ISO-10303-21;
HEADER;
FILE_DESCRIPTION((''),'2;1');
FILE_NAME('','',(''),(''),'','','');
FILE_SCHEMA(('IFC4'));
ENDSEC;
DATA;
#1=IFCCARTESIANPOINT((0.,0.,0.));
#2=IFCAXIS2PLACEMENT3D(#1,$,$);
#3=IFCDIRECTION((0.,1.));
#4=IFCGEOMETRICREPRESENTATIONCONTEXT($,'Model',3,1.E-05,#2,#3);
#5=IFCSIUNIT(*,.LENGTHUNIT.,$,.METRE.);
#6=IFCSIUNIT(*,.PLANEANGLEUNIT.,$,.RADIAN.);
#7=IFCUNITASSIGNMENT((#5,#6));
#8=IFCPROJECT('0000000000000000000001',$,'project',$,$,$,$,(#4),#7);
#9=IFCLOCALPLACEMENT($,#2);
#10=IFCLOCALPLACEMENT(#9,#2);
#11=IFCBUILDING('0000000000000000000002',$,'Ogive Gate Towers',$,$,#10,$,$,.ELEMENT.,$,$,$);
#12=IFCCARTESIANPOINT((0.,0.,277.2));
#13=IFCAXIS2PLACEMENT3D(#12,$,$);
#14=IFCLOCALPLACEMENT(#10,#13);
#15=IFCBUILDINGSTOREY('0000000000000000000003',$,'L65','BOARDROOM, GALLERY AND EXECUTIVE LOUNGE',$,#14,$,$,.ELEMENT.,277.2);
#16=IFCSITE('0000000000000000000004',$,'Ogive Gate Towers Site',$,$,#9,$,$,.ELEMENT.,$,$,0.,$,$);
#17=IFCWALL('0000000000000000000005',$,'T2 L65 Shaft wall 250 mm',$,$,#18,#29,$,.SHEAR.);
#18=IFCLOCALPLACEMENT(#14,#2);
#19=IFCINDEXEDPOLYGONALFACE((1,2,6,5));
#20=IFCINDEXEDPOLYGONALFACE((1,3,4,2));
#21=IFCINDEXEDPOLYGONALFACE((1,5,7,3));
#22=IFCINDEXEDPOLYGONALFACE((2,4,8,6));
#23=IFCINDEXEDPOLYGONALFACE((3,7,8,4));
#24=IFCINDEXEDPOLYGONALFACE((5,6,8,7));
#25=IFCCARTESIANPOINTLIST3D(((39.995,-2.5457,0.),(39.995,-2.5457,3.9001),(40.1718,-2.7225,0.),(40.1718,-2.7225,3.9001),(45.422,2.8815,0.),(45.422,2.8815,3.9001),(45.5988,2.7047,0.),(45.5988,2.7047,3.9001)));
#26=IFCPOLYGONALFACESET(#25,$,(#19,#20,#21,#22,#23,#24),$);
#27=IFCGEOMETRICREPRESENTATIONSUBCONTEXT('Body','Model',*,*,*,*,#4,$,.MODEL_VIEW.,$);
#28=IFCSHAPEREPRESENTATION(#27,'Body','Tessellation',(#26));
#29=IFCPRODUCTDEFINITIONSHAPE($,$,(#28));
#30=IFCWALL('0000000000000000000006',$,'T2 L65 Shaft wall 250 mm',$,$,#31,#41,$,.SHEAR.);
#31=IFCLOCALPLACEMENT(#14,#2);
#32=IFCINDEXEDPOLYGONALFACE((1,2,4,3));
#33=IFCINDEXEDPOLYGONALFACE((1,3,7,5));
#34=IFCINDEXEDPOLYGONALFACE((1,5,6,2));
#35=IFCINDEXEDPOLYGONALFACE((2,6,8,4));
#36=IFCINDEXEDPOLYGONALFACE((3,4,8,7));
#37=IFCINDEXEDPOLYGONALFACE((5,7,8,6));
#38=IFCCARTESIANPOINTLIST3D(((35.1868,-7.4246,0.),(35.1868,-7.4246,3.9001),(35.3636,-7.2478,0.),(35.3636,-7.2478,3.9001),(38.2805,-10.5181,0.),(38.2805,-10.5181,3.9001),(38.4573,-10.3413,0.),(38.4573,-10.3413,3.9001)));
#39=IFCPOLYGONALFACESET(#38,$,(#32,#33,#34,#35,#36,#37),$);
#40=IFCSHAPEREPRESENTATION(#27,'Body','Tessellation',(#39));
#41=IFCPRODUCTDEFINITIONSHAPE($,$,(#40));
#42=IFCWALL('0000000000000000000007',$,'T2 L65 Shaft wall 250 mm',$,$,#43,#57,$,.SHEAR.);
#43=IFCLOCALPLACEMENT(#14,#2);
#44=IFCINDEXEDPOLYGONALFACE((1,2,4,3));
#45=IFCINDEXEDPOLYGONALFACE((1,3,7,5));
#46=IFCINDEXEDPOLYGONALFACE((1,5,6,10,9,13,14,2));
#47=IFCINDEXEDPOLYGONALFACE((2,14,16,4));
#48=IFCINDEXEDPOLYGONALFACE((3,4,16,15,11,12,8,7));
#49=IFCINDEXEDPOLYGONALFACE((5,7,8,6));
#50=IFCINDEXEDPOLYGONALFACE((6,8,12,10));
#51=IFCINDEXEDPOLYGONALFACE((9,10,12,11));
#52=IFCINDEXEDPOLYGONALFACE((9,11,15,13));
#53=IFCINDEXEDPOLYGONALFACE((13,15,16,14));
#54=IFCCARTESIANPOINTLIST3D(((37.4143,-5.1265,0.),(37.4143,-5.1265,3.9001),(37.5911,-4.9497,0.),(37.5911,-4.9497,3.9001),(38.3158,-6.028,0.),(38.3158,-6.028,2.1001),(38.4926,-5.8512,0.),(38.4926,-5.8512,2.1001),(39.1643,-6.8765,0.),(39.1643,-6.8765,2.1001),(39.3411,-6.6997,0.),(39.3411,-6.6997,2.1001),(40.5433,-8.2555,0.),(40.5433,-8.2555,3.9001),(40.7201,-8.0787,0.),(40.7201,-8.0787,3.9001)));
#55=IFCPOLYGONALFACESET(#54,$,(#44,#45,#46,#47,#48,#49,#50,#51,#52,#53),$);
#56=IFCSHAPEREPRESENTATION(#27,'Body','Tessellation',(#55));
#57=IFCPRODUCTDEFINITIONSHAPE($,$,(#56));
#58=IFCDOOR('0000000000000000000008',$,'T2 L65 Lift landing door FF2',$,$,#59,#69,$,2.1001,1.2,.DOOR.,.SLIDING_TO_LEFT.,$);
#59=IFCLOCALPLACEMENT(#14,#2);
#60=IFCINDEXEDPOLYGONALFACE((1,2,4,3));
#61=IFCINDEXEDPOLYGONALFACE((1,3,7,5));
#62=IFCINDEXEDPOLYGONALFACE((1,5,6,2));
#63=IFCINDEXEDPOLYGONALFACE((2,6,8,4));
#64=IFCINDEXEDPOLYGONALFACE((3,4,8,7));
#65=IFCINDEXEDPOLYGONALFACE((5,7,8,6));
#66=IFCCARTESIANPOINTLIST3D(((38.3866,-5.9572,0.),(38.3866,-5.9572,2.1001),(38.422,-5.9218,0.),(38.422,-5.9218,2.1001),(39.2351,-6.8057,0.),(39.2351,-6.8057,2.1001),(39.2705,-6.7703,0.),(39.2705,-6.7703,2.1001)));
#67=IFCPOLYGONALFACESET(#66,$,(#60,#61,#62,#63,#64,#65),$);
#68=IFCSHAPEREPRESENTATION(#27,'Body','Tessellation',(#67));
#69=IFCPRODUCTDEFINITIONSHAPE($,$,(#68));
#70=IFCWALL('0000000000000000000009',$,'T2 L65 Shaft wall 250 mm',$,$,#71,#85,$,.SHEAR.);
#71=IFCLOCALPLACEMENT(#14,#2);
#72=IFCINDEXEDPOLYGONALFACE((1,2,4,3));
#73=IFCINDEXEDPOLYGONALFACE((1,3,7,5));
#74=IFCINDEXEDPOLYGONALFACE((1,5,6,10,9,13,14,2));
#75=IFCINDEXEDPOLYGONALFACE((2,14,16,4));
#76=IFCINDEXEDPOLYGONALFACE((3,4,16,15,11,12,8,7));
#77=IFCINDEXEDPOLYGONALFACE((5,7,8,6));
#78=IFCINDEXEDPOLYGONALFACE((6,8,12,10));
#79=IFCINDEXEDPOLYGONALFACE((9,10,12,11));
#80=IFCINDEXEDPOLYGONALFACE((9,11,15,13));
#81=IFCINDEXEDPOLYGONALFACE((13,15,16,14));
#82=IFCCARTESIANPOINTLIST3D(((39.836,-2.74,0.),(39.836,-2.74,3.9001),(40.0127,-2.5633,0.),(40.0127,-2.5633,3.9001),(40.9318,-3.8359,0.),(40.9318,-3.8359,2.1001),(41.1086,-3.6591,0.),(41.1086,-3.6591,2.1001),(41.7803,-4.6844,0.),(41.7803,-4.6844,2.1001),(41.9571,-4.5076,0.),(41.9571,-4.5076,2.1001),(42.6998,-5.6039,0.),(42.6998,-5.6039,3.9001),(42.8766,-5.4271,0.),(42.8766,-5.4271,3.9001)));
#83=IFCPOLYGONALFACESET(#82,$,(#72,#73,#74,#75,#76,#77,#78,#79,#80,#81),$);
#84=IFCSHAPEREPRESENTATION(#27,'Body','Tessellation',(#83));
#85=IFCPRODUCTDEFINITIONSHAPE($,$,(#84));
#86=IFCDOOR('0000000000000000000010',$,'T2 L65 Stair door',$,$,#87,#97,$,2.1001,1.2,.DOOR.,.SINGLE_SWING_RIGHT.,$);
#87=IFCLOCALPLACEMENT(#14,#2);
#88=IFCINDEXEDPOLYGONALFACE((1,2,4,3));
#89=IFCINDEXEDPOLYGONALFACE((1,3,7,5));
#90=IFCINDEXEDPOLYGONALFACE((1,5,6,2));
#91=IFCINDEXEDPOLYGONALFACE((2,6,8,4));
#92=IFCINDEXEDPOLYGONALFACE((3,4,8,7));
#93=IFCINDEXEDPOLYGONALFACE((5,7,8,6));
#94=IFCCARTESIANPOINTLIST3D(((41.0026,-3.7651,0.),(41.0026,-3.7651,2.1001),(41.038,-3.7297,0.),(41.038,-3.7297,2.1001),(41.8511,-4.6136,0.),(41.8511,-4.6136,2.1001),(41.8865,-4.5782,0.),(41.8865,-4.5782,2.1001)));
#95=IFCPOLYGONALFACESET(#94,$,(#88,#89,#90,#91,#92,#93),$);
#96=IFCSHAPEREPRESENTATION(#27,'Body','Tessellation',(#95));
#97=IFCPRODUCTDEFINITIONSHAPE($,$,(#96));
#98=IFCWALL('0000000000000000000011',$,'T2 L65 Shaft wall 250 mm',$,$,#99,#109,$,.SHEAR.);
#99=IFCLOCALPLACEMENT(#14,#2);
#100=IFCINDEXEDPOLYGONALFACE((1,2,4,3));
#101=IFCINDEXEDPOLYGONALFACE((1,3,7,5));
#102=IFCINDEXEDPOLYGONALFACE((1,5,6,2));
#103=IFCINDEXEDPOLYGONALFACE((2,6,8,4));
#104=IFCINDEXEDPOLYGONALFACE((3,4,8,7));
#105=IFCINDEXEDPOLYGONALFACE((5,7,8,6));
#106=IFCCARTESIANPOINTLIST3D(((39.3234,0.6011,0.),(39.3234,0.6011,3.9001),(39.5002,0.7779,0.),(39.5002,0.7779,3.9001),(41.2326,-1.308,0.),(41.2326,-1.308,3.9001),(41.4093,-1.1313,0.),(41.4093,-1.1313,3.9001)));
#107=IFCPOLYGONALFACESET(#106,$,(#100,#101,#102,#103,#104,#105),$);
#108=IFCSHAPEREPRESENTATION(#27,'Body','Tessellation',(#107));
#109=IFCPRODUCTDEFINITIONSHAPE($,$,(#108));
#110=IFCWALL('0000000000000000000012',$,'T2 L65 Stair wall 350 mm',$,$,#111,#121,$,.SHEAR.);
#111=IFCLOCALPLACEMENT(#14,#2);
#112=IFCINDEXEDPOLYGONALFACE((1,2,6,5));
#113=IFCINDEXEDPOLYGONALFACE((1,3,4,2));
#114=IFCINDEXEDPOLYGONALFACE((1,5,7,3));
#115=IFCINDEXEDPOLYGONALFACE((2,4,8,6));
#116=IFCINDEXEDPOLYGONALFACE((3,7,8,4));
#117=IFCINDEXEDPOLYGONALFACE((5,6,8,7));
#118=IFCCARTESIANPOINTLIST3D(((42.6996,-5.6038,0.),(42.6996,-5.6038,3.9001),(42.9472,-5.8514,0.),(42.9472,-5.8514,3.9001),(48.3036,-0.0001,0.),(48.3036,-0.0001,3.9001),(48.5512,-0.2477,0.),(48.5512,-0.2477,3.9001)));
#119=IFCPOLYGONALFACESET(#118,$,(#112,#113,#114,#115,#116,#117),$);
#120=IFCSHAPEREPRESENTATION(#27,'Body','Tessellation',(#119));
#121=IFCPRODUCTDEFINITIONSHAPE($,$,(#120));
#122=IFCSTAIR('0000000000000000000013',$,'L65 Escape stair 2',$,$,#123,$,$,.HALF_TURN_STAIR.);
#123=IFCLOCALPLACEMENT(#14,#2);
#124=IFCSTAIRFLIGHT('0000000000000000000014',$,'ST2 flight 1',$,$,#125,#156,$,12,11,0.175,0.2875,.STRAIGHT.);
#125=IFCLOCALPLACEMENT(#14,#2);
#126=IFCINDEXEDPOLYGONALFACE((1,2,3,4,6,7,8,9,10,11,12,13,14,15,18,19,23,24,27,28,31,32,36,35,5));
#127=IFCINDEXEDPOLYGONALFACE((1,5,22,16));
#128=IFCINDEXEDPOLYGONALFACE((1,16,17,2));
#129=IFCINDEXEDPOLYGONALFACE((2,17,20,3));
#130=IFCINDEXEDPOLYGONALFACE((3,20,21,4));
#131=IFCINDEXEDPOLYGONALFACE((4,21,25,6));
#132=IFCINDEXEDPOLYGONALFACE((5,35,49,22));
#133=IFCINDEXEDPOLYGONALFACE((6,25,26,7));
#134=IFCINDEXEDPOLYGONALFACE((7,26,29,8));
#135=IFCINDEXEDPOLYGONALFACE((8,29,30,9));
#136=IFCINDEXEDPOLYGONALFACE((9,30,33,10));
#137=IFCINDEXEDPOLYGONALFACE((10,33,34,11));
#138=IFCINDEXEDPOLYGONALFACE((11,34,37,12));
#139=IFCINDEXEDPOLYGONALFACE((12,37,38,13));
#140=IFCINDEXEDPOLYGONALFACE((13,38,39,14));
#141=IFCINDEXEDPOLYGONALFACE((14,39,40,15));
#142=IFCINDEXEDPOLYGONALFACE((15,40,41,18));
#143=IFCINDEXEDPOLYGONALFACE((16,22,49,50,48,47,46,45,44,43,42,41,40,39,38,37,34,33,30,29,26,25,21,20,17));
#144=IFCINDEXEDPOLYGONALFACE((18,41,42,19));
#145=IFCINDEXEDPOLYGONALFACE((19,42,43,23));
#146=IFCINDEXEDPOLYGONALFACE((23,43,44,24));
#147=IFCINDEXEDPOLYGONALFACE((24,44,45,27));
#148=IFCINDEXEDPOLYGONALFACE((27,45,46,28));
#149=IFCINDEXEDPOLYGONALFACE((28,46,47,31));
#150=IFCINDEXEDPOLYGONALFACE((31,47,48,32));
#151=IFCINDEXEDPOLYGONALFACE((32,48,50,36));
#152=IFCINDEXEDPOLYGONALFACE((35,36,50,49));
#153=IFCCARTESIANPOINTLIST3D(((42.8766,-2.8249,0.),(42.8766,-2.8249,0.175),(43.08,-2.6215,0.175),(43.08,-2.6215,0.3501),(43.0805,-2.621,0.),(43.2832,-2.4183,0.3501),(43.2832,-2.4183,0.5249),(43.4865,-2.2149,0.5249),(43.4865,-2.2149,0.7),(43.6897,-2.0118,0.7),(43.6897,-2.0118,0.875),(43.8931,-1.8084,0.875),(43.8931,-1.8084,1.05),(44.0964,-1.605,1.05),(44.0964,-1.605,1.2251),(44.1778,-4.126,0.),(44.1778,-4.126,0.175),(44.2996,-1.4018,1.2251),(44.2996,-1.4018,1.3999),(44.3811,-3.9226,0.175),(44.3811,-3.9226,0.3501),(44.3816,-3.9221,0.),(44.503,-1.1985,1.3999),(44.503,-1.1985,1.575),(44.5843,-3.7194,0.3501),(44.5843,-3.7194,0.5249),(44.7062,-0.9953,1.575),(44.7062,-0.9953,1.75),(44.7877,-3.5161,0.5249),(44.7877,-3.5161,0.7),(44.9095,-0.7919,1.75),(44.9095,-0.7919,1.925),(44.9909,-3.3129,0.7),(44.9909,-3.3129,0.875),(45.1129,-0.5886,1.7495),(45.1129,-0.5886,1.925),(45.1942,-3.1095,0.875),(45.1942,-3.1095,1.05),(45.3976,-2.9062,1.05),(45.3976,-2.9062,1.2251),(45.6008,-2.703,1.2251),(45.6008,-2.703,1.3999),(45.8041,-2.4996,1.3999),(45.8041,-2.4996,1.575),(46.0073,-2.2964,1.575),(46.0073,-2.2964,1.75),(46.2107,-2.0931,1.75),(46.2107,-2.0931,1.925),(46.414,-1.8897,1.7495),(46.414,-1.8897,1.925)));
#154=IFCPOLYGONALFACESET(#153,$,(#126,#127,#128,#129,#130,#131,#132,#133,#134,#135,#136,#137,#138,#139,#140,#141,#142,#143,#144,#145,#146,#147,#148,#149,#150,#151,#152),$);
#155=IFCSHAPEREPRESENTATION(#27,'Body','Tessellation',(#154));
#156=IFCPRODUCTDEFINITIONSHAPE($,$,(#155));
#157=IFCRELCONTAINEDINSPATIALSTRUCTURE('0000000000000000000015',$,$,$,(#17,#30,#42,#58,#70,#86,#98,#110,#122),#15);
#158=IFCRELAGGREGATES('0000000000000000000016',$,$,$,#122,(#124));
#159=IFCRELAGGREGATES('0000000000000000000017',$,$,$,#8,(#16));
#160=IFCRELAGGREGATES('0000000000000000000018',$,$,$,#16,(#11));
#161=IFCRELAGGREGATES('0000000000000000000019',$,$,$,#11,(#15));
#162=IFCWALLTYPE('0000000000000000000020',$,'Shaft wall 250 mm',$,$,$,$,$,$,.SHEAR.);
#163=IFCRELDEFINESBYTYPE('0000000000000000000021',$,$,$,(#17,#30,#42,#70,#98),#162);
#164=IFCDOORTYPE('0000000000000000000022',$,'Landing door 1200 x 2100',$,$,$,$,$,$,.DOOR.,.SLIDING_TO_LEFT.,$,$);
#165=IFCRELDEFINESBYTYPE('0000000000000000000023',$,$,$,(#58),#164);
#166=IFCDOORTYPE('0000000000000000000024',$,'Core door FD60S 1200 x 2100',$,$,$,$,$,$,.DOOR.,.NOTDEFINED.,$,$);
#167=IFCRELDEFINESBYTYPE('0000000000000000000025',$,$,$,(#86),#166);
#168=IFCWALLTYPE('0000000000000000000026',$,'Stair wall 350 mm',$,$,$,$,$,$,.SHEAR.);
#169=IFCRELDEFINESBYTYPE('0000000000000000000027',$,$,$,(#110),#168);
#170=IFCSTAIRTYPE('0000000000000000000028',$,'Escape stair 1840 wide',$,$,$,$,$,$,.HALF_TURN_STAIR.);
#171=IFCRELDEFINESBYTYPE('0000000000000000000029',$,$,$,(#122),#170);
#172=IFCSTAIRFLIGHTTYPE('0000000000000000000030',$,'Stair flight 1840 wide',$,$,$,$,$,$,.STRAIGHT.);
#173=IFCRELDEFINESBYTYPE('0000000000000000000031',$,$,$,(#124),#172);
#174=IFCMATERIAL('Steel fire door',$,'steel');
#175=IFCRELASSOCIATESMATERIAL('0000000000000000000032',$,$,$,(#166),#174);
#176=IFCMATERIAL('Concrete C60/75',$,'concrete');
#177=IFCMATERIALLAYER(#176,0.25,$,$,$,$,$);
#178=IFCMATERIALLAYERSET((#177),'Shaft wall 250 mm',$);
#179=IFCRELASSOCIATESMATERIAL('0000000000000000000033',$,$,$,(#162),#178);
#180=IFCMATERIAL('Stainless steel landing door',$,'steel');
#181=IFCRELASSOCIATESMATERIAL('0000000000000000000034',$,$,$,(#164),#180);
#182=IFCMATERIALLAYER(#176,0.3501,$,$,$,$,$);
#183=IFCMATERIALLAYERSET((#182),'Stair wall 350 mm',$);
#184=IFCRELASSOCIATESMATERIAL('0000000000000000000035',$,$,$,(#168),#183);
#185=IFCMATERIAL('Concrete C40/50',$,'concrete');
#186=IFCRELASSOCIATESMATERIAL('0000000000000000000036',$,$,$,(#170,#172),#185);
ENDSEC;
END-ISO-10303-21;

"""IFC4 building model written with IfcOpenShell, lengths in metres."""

from ifc_helpers import new_model, si_unit, direction, frame, frame_2d, origin, place, context, subcontext, project, spatial, polyline, rectangle, outline, extrude, material, layer, layer_set, type_object, element, fill, aggregate, save


model = new_model("IFC4")

# Units and contexts
model_context = context("Model", 3, precision=1e-05, world=origin(), true_north=direction((0.0, 1.0)))
body_context = subcontext(model_context, "Body", "Model", "MODEL_VIEW")
ifc_project = project(units=[si_unit("LENGTHUNIT", "METRE"), si_unit("PLANEANGLEUNIT", "RADIAN")], contexts=[model_context])

# Site, building, storey
site_placement = place(None, origin())
site = spatial("IfcSite", under=ifc_project, at=site_placement, Name="Ogive Gate Towers Site", CompositionType="ELEMENT", RefElevation=0.0)
building_placement = place(site_placement, origin())
building = spatial("IfcBuilding", under=site, at=building_placement, Name="Ogive Gate Towers", CompositionType="ELEMENT")
storey_placement = place(building_placement, frame((0.0, 0.0, 277.2)))
storey = spatial("IfcBuildingStorey", under=building, at=storey_placement, Name="L65", Description="BOARDROOM, GALLERY AND EXECUTIVE LOUNGE", CompositionType="ELEMENT", Elevation=277.2)

# Shared definitions
ifc_material_1 = material(Name="Concrete C60/75", Category="concrete")
ifc_material_2 = material(Name="Steel fire door", Category="steel")
door_type_1 = type_object("IfcDoorType", Name="Core door FD60S 1200 x 2100", OperationType="NOTDEFINED", PredefinedType="DOOR", material=ifc_material_2)

# Walls
ifc_layer_1 = layer(ifc_material_1, 0.25)
ifc_layer_set_1 = layer_set([ifc_layer_1], Name="Shaft wall 250 mm")
wall_type_1 = type_object("IfcWallType", Name="Shaft wall 250 mm", PredefinedType="SHEAR", material=ifc_layer_set_1)
wall_1_placement = place(storey_placement, frame((40.0835, -2.634, 0.0), z_axis=(0.0, 0.0, 1.0), x_axis=(0.707091, 0.707123, 0.0)))
element("IfcWall", 1, at=wall_1_placement, inside=storey, type_object=wall_type_1, Name="T2 L65 Shaft wall 250 mm", PredefinedType="SHEAR", context=body_context, shape_type="SweptSolid", body=[
    extrude(rectangle(XDim=7.675, YDim=0.25, at=frame_2d((3.8374, 0.0))), origin(), (0.0, 0.0, 1.0), 3.9001),
])
wall_2_placement = place(storey_placement, frame((38.3689, -10.4297, 0.0), z_axis=(0.0, 0.0, 1.0), x_axis=(-0.707135, 0.707079, 0.0)))
element("IfcWall", 2, at=wall_2_placement, inside=storey, type_object=wall_type_1, Name="T2 L65 Shaft wall 250 mm", PredefinedType="SHEAR", context=body_context, shape_type="SweptSolid", body=[
    extrude(rectangle(XDim=4.375, YDim=0.25, at=frame_2d((2.1875, 0.0))), origin(), (0.0, 0.0, 1.0), 3.9001),
])

# Walls, openings, doors
wall_3_placement = place(storey_placement, frame((40.6316, -8.167, 0.0), z_axis=(0.0, 0.0, 1.0), x_axis=(-0.707107, 0.707107, 0.0)))
wall_3 = element("IfcWall", 3, at=wall_3_placement, inside=storey, type_object=wall_type_1, Name="T2 L65 Shaft wall 250 mm", PredefinedType="SHEAR", context=body_context, shape_type="SweptSolid", body=[
    extrude(rectangle(XDim=4.425, YDim=0.25, at=frame_2d((2.2124, 0.0))), origin(), (0.0, 0.0, 1.0), 3.9001),
])
opening_1_placement = place(wall_3_placement, frame((1.95, 0.0, 0.0)))
opening_1 = element("IfcOpeningElement", 4, at=opening_1_placement, cuts=wall_3, PredefinedType="OPENING", context=body_context, shape_type="SweptSolid", body=[
    extrude(rectangle(XDim=1.2, YDim=2.1001, at=frame_2d((0.6001, 1.05))), frame((0.0, 0.135, 0.0), z_axis=(0.0, -1.0, 0.0), x_axis=(1.0, 0.0, 0.0)), (0.0, 0.0, 1.0), 0.27),
])
ifc_material_3 = material(Name="Stainless steel landing door", Category="steel")
door_type_2 = type_object("IfcDoorType", Name="Landing door 1200 x 2100", OperationType="SLIDING_TO_LEFT", PredefinedType="DOOR", material=ifc_material_3)
door_1_placement = place(opening_1_placement, origin())
door_1 = element("IfcDoor", 5, at=door_1_placement, inside=storey, type_object=door_type_2, Name="T2 L65 Lift landing door FF2", OperationType="SLIDING_TO_LEFT", OverallHeight=2.1001, OverallWidth=1.2, PredefinedType="DOOR", context=body_context, shape_type="SweptSolid", body=[
    extrude(rectangle(XDim=1.2, YDim=2.1001, at=frame_2d((0.6001, 1.05))), frame((0.0, 0.0249, 0.0), z_axis=(0.0, -1.0, 0.0), x_axis=(1.0, 0.0, 0.0)), (0.0, 0.0, 1.0), 0.05),
])
fill(opening_1, door_1)
wall_4_placement = place(storey_placement, frame((42.7881, -5.5154, 0.0), z_axis=(0.0, 0.0, 1.0), x_axis=(-0.707107, 0.707107, 0.0)))
wall_4 = element("IfcWall", 6, at=wall_4_placement, inside=storey, type_object=wall_type_1, Name="T2 L65 Shaft wall 250 mm", PredefinedType="SHEAR", context=body_context, shape_type="SweptSolid", body=[
    extrude(rectangle(XDim=4.05, YDim=0.25, at=frame_2d((2.0249, 0.0))), origin(), (0.0, 0.0, 1.0), 3.9001),
])
opening_2_placement = place(wall_4_placement, frame((1.3, 0.0, 0.0)))
opening_2 = element("IfcOpeningElement", 7, at=opening_2_placement, cuts=wall_4, PredefinedType="OPENING", context=body_context, shape_type="SweptSolid", body=[
    extrude(rectangle(XDim=1.2, YDim=2.1001, at=frame_2d((0.6001, 1.05))), frame((0.0, 0.135, 0.0), z_axis=(0.0, -1.0, 0.0), x_axis=(1.0, 0.0, 0.0)), (0.0, 0.0, 1.0), 0.27),
])
door_2_placement = place(opening_2_placement, origin())
door_2 = element("IfcDoor", 8, at=door_2_placement, inside=storey, type_object=door_type_1, Name="T2 L65 Stair door", OperationType="SINGLE_SWING_RIGHT", OverallHeight=2.1001, OverallWidth=1.2, PredefinedType="DOOR", context=body_context, shape_type="SweptSolid", body=[
    extrude(rectangle(XDim=1.2, YDim=2.1001, at=frame_2d((0.6001, 1.05))), frame((0.0, 0.0249, 0.0), z_axis=(0.0, -1.0, 0.0), x_axis=(1.0, 0.0, 0.0)), (0.0, 0.0, 1.0), 0.05),
])
fill(opening_2, door_2)

# Walls
wall_5_placement = place(storey_placement, frame((41.321, -1.2197, 0.0), z_axis=(0.0, 0.0, 1.0), x_axis=(-0.707107, 0.707107, 0.0)))
element("IfcWall", 9, at=wall_5_placement, inside=storey, type_object=wall_type_1, Name="T2 L65 Shaft wall 250 mm", PredefinedType="SHEAR", context=body_context, shape_type="SweptSolid", body=[
    extrude(rectangle(XDim=2.7, YDim=0.25, at=frame_2d((1.3501, 0.0))), origin(), (0.0, 0.0, 1.0), 3.9001),
])
ifc_layer_2 = layer(ifc_material_1, 0.3501)
ifc_layer_set_2 = layer_set([ifc_layer_2], Name="Stair wall 350 mm")
wall_type_2 = type_object("IfcWallType", Name="Stair wall 350 mm", PredefinedType="SHEAR", material=ifc_layer_set_2)
wall_6_placement = place(storey_placement, frame((42.8235, -5.7275, 0.0), z_axis=(0.0, 0.0, 1.0), x_axis=(0.707122, 0.707091, 0.0)))
element("IfcWall", 10, at=wall_6_placement, inside=storey, type_object=wall_type_2, Name="T2 L65 Stair wall 350 mm", PredefinedType="SHEAR", context=body_context, shape_type="SweptSolid", body=[
    extrude(rectangle(XDim=7.925, YDim=0.3501, at=frame_2d((3.9624, 0.0))), origin(), (0.0, 0.0, 1.0), 3.9001),
])

# Stair, stair flight
ifc_material_4 = material(Name="Concrete C40/50", Category="concrete")
stair_type = type_object("IfcStairType", Name="Escape stair 1840 wide", PredefinedType="HALF_TURN_STAIR", material=ifc_material_4)
stair_placement = place(storey_placement, origin())
stair = element("IfcStair", 11, at=stair_placement, inside=storey, type_object=stair_type, Name="L65 Escape stair 2", PredefinedType="HALF_TURN_STAIR")
stair_flight_type = type_object("IfcStairFlightType", Name="Stair flight 1840 wide", PredefinedType="STRAIGHT", material=ifc_material_4)
stair_flight_placement = place(storey_placement, frame((43.5271, -3.4753, 0.0), z_axis=(0.0, 0.0, 1.0), x_axis=(0.707107, 0.707107, 0.0)))
stair_flight = element("IfcStairFlight", 12, at=stair_flight_placement, type_object=stair_flight_type, Name="ST2 flight 1", NumberOfRisers=12, NumberOfTreads=11, PredefinedType="STRAIGHT", RiserHeight=0.175, TreadLength=0.2875, context=body_context, shape_type="SweptSolid", body=[
    extrude(outline(polyline([(0.0, 0.0), (0.0, 0.175), (0.2876, 0.175), (0.2876, 0.3501), (0.575, 0.3501), (0.575, 0.5249), (0.8625, 0.5249), (0.8625, 0.7), (1.1499, 0.7), (1.1499, 0.875), (1.4375, 0.875), (1.4375, 1.05), (1.7251, 1.05), (1.7251, 1.2251), (2.0125, 1.2251), (2.0125, 1.3999), (2.3, 1.3999), (2.3, 1.575), (2.5874, 1.575), (2.5874, 1.75), (2.875, 1.75), (2.875, 1.925), (3.1626, 1.925), (3.1626, 2.1001), (3.1626, 1.7495), (0.2883, 0.0), (0.0, 0.0)])), frame((0.0, 0.9199, 0.0), z_axis=(0.0, -1.0, 0.0), x_axis=(1.0, 0.0, 0.0)), (0.0, 0.0, 1.0), 1.8401),
])
aggregate(stair, [stair_flight])

save(model, "model.ifc")
